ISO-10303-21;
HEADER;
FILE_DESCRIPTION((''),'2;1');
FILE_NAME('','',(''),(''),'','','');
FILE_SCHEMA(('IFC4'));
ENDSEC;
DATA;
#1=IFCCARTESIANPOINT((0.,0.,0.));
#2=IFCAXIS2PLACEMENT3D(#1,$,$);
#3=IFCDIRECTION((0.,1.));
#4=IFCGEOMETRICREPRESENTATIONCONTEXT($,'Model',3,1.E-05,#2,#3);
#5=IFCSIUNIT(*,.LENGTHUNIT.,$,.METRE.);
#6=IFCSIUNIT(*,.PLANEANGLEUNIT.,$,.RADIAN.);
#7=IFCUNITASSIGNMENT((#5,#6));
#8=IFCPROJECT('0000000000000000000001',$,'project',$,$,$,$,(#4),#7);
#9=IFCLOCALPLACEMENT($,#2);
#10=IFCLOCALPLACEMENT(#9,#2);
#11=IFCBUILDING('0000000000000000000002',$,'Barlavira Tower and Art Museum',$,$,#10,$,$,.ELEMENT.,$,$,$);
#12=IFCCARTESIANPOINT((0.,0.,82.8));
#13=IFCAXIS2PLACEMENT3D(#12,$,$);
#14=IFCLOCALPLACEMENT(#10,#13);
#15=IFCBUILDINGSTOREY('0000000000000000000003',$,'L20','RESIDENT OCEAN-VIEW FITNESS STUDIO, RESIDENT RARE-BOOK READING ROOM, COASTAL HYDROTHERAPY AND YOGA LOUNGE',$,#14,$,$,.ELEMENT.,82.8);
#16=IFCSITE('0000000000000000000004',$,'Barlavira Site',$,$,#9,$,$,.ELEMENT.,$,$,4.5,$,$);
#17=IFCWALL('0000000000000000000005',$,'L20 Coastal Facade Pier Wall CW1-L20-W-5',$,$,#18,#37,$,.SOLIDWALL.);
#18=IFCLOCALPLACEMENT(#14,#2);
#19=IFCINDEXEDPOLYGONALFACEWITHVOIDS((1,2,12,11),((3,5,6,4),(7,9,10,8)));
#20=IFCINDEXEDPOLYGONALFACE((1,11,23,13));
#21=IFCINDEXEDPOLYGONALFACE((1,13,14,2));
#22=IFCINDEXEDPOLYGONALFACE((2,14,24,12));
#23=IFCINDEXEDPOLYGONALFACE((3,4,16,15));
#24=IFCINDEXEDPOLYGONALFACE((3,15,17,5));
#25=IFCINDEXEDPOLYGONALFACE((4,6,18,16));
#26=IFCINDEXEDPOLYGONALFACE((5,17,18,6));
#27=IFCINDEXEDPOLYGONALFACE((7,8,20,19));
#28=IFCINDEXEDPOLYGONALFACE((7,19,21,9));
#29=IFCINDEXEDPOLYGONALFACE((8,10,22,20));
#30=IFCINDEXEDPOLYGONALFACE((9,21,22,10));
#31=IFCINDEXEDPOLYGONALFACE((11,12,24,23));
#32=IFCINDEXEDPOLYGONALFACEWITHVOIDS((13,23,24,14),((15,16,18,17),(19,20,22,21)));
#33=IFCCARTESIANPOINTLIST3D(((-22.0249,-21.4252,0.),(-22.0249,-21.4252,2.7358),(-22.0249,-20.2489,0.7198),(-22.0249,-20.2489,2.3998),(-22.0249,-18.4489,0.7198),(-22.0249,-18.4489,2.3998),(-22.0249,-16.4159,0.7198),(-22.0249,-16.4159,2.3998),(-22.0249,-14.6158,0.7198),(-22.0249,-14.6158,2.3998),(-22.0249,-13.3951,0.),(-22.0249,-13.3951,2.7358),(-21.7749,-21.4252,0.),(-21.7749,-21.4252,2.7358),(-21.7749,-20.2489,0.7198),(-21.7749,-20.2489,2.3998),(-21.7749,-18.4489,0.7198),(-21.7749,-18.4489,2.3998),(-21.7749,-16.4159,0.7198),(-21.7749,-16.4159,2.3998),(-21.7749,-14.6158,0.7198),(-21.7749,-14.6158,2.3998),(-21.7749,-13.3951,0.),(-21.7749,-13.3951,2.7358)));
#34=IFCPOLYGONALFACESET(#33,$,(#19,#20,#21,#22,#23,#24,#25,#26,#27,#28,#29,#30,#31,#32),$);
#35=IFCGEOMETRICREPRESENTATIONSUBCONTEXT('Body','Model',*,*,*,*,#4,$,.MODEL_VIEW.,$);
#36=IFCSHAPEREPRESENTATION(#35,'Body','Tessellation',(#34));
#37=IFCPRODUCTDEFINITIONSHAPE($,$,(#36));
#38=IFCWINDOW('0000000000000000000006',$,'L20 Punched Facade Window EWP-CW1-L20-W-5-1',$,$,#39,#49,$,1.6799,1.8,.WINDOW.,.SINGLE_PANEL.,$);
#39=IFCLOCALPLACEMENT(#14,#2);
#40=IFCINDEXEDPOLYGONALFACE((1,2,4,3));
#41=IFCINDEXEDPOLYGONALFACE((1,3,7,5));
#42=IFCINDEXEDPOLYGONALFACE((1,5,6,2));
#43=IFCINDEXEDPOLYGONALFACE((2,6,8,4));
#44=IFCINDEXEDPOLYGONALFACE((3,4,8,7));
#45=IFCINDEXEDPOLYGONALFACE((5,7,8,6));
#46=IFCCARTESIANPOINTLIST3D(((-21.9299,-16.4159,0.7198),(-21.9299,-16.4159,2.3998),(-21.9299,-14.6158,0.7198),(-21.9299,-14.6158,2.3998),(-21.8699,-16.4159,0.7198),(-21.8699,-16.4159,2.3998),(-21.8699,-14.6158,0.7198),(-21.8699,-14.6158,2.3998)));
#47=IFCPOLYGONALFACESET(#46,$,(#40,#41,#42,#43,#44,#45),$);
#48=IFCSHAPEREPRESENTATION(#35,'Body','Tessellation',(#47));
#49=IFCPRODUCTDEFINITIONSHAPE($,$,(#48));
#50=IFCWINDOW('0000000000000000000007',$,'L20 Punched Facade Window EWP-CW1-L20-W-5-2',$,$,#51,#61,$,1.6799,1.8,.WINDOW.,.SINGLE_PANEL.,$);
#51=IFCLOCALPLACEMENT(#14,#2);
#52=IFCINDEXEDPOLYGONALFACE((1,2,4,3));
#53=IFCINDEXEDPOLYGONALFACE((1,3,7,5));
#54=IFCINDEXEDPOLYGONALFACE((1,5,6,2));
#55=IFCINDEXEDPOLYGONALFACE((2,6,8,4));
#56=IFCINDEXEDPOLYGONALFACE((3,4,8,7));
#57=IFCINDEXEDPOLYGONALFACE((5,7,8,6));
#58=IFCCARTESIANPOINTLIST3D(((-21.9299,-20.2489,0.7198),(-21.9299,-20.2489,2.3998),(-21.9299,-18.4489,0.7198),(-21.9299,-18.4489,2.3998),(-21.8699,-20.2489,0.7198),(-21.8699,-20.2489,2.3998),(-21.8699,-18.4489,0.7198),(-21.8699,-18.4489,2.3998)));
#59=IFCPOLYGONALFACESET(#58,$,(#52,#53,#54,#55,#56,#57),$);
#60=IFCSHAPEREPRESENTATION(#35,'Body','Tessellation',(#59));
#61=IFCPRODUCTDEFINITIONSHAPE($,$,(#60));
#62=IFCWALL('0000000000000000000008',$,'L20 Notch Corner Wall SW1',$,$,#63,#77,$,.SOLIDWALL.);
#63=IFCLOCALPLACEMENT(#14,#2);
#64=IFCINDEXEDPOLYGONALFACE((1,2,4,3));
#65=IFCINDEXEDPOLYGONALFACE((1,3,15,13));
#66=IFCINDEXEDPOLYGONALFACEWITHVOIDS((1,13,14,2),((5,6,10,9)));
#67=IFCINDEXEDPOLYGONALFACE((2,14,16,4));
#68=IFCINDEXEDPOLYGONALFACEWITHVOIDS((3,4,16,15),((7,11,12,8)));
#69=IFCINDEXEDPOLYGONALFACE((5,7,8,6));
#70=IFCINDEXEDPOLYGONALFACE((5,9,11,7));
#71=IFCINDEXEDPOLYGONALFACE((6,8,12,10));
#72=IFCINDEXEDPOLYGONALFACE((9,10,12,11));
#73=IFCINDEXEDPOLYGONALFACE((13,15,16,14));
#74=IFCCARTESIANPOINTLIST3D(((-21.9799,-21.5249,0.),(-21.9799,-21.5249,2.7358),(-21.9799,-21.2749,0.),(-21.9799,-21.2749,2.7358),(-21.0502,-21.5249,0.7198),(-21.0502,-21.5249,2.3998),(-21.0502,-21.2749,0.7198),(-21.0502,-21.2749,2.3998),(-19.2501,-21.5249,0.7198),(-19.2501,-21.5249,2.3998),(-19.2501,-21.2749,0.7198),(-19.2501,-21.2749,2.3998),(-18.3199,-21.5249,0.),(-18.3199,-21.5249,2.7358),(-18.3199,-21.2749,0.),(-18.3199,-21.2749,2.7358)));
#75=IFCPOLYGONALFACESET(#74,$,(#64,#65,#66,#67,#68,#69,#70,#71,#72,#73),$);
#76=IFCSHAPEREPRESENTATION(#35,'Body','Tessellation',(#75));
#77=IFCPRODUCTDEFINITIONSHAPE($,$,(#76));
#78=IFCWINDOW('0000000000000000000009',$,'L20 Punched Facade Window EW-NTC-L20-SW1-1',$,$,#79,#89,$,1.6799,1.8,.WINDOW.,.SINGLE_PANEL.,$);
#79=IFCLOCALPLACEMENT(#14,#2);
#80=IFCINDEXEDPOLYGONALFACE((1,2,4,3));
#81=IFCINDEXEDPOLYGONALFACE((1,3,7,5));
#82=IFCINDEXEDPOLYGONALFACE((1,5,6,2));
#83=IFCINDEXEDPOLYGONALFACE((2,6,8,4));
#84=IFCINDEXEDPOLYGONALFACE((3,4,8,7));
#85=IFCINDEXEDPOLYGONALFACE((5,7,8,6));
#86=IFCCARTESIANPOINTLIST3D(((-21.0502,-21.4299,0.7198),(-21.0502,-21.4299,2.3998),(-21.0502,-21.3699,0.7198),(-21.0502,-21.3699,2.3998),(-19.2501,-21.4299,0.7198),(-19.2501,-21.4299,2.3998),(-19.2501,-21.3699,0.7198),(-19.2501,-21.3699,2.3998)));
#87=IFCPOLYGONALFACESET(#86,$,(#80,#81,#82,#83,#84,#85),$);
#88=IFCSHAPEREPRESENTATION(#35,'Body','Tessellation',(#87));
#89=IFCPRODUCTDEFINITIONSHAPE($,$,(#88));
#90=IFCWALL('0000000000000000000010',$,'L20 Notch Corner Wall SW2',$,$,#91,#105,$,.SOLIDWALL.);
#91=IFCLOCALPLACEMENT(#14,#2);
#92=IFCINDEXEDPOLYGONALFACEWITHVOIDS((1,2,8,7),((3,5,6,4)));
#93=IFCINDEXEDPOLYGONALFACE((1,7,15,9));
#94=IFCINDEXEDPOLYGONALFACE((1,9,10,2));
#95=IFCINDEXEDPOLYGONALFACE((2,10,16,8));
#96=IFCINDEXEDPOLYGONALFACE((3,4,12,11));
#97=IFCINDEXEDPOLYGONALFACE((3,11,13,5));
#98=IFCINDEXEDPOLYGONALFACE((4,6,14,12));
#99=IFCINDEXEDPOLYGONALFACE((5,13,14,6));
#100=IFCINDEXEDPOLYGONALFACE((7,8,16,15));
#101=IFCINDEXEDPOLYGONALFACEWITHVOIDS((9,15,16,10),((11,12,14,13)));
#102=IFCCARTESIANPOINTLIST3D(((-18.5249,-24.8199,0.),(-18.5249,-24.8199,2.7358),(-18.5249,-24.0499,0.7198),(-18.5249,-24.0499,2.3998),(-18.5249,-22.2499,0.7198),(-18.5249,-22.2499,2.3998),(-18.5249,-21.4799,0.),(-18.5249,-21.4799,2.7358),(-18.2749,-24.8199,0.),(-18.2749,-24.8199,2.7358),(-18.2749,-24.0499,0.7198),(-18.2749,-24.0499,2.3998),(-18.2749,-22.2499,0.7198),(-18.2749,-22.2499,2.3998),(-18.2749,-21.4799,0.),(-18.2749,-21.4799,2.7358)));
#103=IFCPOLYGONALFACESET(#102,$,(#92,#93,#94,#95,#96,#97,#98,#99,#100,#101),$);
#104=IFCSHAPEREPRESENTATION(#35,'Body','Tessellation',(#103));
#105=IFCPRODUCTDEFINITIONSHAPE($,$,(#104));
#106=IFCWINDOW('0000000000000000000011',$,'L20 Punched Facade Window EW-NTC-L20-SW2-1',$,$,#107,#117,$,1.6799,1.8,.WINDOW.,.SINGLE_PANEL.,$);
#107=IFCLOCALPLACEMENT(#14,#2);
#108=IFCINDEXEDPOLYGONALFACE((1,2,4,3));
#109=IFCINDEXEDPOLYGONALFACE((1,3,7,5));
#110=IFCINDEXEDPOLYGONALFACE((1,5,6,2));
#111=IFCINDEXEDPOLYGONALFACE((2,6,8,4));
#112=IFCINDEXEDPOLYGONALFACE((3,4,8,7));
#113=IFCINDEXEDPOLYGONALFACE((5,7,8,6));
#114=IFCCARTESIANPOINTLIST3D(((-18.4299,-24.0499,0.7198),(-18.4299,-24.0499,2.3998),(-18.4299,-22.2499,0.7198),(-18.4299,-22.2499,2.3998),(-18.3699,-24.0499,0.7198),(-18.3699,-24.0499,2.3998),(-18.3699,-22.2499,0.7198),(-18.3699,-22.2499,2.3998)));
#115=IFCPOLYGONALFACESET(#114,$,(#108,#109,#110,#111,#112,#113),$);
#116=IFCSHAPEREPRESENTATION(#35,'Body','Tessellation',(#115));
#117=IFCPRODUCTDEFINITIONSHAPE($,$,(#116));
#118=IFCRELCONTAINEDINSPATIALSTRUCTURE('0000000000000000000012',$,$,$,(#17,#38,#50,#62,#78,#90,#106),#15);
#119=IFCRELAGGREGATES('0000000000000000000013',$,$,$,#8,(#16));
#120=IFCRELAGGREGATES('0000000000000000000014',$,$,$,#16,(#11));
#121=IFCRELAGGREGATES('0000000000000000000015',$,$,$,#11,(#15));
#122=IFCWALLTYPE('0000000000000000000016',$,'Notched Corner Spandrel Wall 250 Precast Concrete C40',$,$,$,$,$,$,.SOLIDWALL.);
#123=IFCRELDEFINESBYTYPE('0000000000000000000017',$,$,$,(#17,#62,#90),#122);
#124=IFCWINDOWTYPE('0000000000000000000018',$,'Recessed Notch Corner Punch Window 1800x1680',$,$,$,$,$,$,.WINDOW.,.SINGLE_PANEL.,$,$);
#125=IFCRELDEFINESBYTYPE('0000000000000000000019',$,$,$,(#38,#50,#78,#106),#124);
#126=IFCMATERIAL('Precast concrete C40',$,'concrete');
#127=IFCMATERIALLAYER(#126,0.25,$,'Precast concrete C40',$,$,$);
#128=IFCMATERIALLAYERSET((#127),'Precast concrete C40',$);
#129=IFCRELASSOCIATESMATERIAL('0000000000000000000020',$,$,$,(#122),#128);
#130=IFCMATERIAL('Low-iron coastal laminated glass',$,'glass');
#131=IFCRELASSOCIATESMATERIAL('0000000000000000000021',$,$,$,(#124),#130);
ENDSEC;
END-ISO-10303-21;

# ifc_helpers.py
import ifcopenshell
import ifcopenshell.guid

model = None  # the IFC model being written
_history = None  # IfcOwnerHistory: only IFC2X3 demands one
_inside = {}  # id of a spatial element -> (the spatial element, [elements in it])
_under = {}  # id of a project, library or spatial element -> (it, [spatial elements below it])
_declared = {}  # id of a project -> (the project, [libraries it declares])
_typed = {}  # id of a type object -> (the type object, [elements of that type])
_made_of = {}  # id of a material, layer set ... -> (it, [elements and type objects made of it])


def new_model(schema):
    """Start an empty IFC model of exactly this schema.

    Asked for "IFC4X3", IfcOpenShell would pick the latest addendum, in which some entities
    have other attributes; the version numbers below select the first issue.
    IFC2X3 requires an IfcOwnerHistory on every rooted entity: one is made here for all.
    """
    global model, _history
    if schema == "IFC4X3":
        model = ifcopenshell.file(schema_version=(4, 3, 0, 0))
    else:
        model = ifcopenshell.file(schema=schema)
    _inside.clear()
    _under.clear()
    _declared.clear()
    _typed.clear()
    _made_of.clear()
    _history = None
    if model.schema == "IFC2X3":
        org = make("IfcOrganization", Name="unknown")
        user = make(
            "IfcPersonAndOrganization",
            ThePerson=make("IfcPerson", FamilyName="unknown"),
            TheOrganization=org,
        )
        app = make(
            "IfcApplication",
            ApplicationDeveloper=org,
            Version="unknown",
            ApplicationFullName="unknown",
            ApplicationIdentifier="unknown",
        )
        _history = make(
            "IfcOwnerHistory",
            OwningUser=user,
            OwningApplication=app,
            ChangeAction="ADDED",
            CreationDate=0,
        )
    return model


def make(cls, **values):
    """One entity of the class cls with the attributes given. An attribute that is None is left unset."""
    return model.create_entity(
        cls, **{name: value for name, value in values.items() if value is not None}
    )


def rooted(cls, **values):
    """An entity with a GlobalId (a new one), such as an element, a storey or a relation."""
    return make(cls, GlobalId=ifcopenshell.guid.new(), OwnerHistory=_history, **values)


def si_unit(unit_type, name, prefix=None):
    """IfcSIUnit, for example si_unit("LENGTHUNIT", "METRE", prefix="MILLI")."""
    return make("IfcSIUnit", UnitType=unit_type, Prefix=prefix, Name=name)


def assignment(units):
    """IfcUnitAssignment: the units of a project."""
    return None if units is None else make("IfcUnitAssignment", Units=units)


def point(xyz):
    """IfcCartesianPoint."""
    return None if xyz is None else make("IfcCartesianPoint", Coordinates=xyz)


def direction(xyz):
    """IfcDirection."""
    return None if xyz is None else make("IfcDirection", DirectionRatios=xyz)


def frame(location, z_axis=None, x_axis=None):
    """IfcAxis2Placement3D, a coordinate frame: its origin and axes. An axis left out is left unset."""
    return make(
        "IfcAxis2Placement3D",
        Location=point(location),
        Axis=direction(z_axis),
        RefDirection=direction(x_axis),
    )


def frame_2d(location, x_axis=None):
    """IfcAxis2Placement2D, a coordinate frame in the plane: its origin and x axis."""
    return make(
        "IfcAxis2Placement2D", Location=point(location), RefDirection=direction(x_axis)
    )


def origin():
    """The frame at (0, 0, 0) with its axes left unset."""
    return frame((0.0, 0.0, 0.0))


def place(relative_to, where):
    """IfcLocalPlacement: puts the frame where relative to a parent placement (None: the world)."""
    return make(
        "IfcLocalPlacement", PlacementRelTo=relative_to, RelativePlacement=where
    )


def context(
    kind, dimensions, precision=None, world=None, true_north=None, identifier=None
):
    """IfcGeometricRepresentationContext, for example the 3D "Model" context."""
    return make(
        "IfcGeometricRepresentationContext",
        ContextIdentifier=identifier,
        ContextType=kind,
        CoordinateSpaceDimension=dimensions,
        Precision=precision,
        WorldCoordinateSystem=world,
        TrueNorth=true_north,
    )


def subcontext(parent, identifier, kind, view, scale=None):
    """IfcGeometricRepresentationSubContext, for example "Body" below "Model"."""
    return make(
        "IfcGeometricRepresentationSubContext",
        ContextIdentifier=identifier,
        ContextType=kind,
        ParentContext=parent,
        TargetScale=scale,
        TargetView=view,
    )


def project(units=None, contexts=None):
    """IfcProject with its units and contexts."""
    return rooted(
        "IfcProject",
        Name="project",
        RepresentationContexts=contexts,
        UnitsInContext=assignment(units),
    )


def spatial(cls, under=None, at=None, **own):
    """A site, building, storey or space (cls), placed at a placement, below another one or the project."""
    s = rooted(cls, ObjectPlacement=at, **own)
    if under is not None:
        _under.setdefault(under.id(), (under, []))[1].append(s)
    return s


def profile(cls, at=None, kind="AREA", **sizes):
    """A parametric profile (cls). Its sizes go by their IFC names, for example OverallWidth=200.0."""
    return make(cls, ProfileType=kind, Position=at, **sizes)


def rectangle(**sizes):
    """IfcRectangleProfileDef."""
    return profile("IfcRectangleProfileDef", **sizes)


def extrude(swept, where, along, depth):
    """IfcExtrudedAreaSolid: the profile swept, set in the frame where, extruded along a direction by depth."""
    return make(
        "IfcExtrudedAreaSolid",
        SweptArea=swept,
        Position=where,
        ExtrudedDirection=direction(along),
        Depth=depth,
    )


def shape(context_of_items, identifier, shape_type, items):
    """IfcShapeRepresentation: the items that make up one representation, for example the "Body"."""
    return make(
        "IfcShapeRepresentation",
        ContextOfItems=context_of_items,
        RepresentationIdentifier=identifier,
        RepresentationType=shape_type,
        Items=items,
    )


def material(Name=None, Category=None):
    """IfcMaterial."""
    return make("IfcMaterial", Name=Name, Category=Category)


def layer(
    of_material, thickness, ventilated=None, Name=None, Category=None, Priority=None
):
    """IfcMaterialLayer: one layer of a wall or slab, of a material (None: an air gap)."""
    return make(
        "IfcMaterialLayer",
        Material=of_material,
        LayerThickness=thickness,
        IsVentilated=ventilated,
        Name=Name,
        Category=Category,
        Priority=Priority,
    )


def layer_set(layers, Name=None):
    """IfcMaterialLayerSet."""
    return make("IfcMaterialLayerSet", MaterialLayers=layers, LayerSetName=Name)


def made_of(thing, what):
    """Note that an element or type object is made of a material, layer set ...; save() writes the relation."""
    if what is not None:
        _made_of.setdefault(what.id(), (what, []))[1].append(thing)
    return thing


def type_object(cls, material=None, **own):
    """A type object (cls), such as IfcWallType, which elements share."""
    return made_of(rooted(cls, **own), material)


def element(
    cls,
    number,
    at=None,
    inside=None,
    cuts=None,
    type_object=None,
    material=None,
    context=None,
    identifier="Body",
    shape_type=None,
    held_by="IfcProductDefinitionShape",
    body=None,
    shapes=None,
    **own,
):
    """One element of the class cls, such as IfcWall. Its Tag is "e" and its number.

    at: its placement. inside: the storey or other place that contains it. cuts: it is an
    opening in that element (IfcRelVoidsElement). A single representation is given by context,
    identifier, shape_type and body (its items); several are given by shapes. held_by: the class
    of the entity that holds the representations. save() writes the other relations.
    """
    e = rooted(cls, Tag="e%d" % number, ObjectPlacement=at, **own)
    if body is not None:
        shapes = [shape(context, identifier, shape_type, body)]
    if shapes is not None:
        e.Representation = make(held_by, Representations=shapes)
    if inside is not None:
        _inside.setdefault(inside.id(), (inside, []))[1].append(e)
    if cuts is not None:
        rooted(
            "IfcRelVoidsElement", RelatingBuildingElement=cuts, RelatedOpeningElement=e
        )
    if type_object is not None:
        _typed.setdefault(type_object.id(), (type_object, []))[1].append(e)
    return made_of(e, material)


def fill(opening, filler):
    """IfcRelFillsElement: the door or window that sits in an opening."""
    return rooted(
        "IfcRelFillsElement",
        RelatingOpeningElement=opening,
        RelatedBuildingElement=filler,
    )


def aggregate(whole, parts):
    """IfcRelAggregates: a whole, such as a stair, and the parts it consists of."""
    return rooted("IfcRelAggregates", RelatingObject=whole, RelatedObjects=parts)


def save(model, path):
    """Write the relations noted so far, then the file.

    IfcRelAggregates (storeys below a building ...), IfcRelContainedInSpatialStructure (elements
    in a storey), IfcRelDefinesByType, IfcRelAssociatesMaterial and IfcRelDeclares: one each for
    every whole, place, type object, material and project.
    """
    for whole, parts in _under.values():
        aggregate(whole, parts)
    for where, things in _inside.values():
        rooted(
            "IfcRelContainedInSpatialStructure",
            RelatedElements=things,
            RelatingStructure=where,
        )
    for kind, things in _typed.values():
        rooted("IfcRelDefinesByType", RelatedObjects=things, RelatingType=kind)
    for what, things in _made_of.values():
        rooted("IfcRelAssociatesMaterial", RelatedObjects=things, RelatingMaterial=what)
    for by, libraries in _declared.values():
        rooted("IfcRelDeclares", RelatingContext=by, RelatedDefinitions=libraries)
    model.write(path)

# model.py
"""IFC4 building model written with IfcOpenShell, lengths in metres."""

from ifc_helpers import new_model, si_unit, direction, frame, frame_2d, origin, place, context, subcontext, project, spatial, rectangle, extrude, material, layer, layer_set, type_object, element, fill, save


model = new_model("IFC4")

# Units and contexts
model_context = context("Model", 3, precision=1e-05, world=origin(), true_north=direction((0.0, 1.0)))
body_context = subcontext(model_context, "Body", "Model", "MODEL_VIEW")
ifc_project = project(units=[si_unit("LENGTHUNIT", "METRE"), si_unit("PLANEANGLEUNIT", "RADIAN")], contexts=[model_context])

# Site, building, storey
site_placement = place(None, origin())
site = spatial("IfcSite", under=ifc_project, at=site_placement, Name="Barlavira Site", CompositionType="ELEMENT", RefElevation=4.5)
building_placement = place(site_placement, origin())
building = spatial("IfcBuilding", under=site, at=building_placement, Name="Barlavira Tower and Art Museum", CompositionType="ELEMENT")
storey_placement = place(building_placement, frame((0.0, 0.0, 82.8)))
storey = spatial("IfcBuildingStorey", under=building, at=storey_placement, Name="L20", Description="RESIDENT OCEAN-VIEW FITNESS STUDIO, RESIDENT RARE-BOOK READING ROOM, COASTAL HYDROTHERAPY AND YOGA LOUNGE", CompositionType="ELEMENT", Elevation=82.8)

# Shared definitions
ifc_material_1 = material(Name="Precast concrete C40", Category="concrete")
ifc_layer_1 = layer(ifc_material_1, 0.25, Name="Precast concrete C40")
ifc_layer_set_1 = layer_set([ifc_layer_1], Name="Precast concrete C40")
wall_type = type_object("IfcWallType", Name="Notched Corner Spandrel Wall 250 Precast Concrete C40", PredefinedType="SOLIDWALL", material=ifc_layer_set_1)
ifc_material_2 = material(Name="Low-iron coastal laminated glass", Category="glass")
window_type = type_object("IfcWindowType", Name="Recessed Notch Corner Punch Window 1800x1680", PartitioningType="SINGLE_PANEL", PredefinedType="WINDOW", material=ifc_material_2)

# Wall, openings, windows
wall_1_placement = place(storey_placement, frame((-21.8999, -13.395, 0.0), z_axis=(0.0, 0.0, 1.0), x_axis=(0.0, -1.0, 0.0)))
wall_1 = element("IfcWall", 1, at=wall_1_placement, inside=storey, type_object=wall_type, Name="L20 Coastal Facade Pier Wall CW1-L20-W-5", PredefinedType="SOLIDWALL", context=body_context, shape_type="SweptSolid", body=[
    extrude(rectangle(XDim=8.03, YDim=0.25, at=frame_2d((4.0151, 0.0))), origin(), (0.0, 0.0, 1.0), 2.7358),
])
opening_1_placement = place(wall_1_placement, frame((1.2209, 0.0, 0.72)))
opening_1 = element("IfcOpeningElement", 2, at=opening_1_placement, cuts=wall_1, PredefinedType="OPENING", context=body_context, shape_type="SweptSolid", body=[
    extrude(rectangle(XDim=1.8, YDim=1.6799, at=frame_2d((0.8999, 0.8398))), frame((0.0, 0.135, 0.0), z_axis=(0.0, -1.0, 0.0), x_axis=(1.0, 0.0, 0.0)), (0.0, 0.0, 1.0), 0.27),
])
opening_2_placement = place(wall_1_placement, frame((5.054, 0.0, 0.72)))
opening_2 = element("IfcOpeningElement", 3, at=opening_2_placement, cuts=wall_1, PredefinedType="OPENING", context=body_context, shape_type="SweptSolid", body=[
    extrude(rectangle(XDim=1.8, YDim=1.6799, at=frame_2d((0.8999, 0.8398))), frame((0.0, 0.135, 0.0), z_axis=(0.0, -1.0, 0.0), x_axis=(1.0, 0.0, 0.0)), (0.0, 0.0, 1.0), 0.27),
])
window_1_placement = place(opening_1_placement, origin())
window_1 = element("IfcWindow", 4, at=window_1_placement, inside=storey, type_object=window_type, Name="L20 Punched Facade Window EWP-CW1-L20-W-5-1", OverallHeight=1.6799, OverallWidth=1.8, PartitioningType="SINGLE_PANEL", PredefinedType="WINDOW", context=body_context, shape_type="SweptSolid", body=[
    extrude(rectangle(XDim=1.8, YDim=1.6799, at=frame_2d((0.8999, 0.8398))), frame((0.0, 0.03, 0.0), z_axis=(0.0, -1.0, 0.0), x_axis=(1.0, 0.0, 0.0)), (0.0, 0.0, 1.0), 0.0601),
])
fill(opening_1, window_1)
window_2_placement = place(opening_2_placement, origin())
window_2 = element("IfcWindow", 5, at=window_2_placement, inside=storey, type_object=window_type, Name="L20 Punched Facade Window EWP-CW1-L20-W-5-2", OverallHeight=1.6799, OverallWidth=1.8, PartitioningType="SINGLE_PANEL", PredefinedType="WINDOW", context=body_context, shape_type="SweptSolid", body=[
    extrude(rectangle(XDim=1.8, YDim=1.6799, at=frame_2d((0.8999, 0.8398))), frame((0.0, 0.03, 0.0), z_axis=(0.0, -1.0, 0.0), x_axis=(1.0, 0.0, 0.0)), (0.0, 0.0, 1.0), 0.0601),
])
fill(opening_2, window_2)

# Walls, openings, windows
wall_2_placement = place(storey_placement, frame((-21.98, -21.3999, 0.0), z_axis=(0.0, 0.0, 1.0), x_axis=(1.0, 0.0, 0.0)))
wall_2 = element("IfcWall", 6, at=wall_2_placement, inside=storey, type_object=wall_type, Name="L20 Notch Corner Wall SW1", PredefinedType="SOLIDWALL", context=body_context, shape_type="SweptSolid", body=[
    extrude(rectangle(XDim=3.6599, YDim=0.25, at=frame_2d((1.8301, 0.0))), origin(), (0.0, 0.0, 1.0), 2.7358),
])
opening_3_placement = place(wall_2_placement, frame((0.9299, 0.0, 0.72)))
opening_3 = element("IfcOpeningElement", 7, at=opening_3_placement, cuts=wall_2, PredefinedType="OPENING", context=body_context, shape_type="SweptSolid", body=[
    extrude(rectangle(XDim=1.8, YDim=1.6799, at=frame_2d((0.8999, 0.8398))), frame((0.0, 0.135, 0.0), z_axis=(0.0, -1.0, 0.0), x_axis=(1.0, 0.0, 0.0)), (0.0, 0.0, 1.0), 0.27),
])
window_3_placement = place(opening_3_placement, origin())
window_3 = element("IfcWindow", 8, at=window_3_placement, inside=storey, type_object=window_type, Name="L20 Punched Facade Window EW-NTC-L20-SW1-1", OverallHeight=1.6799, OverallWidth=1.8, PartitioningType="SINGLE_PANEL", PredefinedType="WINDOW", context=body_context, shape_type="SweptSolid", body=[
    extrude(rectangle(XDim=1.8, YDim=1.6799, at=frame_2d((0.8999, 0.8398))), frame((0.0, 0.03, 0.0), z_axis=(0.0, -1.0, 0.0), x_axis=(1.0, 0.0, 0.0)), (0.0, 0.0, 1.0), 0.0601),
])
fill(opening_3, window_3)
wall_3_placement = place(storey_placement, frame((-18.3999, -21.48, 0.0), z_axis=(0.0, 0.0, 1.0), x_axis=(0.0, -1.0, 0.0)))
wall_3 = element("IfcWall", 9, at=wall_3_placement, inside=storey, type_object=wall_type, Name="L20 Notch Corner Wall SW2", PredefinedType="SOLIDWALL", context=body_context, shape_type="SweptSolid", body=[
    extrude(rectangle(XDim=3.3401, YDim=0.25, at=frame_2d((1.6699, 0.0))), origin(), (0.0, 0.0, 1.0), 2.7358),
])
opening_4_placement = place(wall_3_placement, frame((0.77, 0.0, 0.72)))
opening_4 = element("IfcOpeningElement", 10, at=opening_4_placement, cuts=wall_3, PredefinedType="OPENING", context=body_context, shape_type="SweptSolid", body=[
    extrude(rectangle(XDim=1.8, YDim=1.6799, at=frame_2d((0.8999, 0.8398))), frame((0.0, 0.135, 0.0), z_axis=(0.0, -1.0, 0.0), x_axis=(1.0, 0.0, 0.0)), (0.0, 0.0, 1.0), 0.27),
])
window_4_placement = place(opening_4_placement, origin())
window_4 = element("IfcWindow", 11, at=window_4_placement, inside=storey, type_object=window_type, Name="L20 Punched Facade Window EW-NTC-L20-SW2-1", OverallHeight=1.6799, OverallWidth=1.8, PartitioningType="SINGLE_PANEL", PredefinedType="WINDOW", context=body_context, shape_type="SweptSolid", body=[
    extrude(rectangle(XDim=1.8, YDim=1.6799, at=frame_2d((0.8999, 0.8398))), frame((0.0, 0.03, 0.0), z_axis=(0.0, -1.0, 0.0), x_axis=(1.0, 0.0, 0.0)), (0.0, 0.0, 1.0), 0.0601),
])
fill(opening_4, window_4)

save(model, "model.ifc")
